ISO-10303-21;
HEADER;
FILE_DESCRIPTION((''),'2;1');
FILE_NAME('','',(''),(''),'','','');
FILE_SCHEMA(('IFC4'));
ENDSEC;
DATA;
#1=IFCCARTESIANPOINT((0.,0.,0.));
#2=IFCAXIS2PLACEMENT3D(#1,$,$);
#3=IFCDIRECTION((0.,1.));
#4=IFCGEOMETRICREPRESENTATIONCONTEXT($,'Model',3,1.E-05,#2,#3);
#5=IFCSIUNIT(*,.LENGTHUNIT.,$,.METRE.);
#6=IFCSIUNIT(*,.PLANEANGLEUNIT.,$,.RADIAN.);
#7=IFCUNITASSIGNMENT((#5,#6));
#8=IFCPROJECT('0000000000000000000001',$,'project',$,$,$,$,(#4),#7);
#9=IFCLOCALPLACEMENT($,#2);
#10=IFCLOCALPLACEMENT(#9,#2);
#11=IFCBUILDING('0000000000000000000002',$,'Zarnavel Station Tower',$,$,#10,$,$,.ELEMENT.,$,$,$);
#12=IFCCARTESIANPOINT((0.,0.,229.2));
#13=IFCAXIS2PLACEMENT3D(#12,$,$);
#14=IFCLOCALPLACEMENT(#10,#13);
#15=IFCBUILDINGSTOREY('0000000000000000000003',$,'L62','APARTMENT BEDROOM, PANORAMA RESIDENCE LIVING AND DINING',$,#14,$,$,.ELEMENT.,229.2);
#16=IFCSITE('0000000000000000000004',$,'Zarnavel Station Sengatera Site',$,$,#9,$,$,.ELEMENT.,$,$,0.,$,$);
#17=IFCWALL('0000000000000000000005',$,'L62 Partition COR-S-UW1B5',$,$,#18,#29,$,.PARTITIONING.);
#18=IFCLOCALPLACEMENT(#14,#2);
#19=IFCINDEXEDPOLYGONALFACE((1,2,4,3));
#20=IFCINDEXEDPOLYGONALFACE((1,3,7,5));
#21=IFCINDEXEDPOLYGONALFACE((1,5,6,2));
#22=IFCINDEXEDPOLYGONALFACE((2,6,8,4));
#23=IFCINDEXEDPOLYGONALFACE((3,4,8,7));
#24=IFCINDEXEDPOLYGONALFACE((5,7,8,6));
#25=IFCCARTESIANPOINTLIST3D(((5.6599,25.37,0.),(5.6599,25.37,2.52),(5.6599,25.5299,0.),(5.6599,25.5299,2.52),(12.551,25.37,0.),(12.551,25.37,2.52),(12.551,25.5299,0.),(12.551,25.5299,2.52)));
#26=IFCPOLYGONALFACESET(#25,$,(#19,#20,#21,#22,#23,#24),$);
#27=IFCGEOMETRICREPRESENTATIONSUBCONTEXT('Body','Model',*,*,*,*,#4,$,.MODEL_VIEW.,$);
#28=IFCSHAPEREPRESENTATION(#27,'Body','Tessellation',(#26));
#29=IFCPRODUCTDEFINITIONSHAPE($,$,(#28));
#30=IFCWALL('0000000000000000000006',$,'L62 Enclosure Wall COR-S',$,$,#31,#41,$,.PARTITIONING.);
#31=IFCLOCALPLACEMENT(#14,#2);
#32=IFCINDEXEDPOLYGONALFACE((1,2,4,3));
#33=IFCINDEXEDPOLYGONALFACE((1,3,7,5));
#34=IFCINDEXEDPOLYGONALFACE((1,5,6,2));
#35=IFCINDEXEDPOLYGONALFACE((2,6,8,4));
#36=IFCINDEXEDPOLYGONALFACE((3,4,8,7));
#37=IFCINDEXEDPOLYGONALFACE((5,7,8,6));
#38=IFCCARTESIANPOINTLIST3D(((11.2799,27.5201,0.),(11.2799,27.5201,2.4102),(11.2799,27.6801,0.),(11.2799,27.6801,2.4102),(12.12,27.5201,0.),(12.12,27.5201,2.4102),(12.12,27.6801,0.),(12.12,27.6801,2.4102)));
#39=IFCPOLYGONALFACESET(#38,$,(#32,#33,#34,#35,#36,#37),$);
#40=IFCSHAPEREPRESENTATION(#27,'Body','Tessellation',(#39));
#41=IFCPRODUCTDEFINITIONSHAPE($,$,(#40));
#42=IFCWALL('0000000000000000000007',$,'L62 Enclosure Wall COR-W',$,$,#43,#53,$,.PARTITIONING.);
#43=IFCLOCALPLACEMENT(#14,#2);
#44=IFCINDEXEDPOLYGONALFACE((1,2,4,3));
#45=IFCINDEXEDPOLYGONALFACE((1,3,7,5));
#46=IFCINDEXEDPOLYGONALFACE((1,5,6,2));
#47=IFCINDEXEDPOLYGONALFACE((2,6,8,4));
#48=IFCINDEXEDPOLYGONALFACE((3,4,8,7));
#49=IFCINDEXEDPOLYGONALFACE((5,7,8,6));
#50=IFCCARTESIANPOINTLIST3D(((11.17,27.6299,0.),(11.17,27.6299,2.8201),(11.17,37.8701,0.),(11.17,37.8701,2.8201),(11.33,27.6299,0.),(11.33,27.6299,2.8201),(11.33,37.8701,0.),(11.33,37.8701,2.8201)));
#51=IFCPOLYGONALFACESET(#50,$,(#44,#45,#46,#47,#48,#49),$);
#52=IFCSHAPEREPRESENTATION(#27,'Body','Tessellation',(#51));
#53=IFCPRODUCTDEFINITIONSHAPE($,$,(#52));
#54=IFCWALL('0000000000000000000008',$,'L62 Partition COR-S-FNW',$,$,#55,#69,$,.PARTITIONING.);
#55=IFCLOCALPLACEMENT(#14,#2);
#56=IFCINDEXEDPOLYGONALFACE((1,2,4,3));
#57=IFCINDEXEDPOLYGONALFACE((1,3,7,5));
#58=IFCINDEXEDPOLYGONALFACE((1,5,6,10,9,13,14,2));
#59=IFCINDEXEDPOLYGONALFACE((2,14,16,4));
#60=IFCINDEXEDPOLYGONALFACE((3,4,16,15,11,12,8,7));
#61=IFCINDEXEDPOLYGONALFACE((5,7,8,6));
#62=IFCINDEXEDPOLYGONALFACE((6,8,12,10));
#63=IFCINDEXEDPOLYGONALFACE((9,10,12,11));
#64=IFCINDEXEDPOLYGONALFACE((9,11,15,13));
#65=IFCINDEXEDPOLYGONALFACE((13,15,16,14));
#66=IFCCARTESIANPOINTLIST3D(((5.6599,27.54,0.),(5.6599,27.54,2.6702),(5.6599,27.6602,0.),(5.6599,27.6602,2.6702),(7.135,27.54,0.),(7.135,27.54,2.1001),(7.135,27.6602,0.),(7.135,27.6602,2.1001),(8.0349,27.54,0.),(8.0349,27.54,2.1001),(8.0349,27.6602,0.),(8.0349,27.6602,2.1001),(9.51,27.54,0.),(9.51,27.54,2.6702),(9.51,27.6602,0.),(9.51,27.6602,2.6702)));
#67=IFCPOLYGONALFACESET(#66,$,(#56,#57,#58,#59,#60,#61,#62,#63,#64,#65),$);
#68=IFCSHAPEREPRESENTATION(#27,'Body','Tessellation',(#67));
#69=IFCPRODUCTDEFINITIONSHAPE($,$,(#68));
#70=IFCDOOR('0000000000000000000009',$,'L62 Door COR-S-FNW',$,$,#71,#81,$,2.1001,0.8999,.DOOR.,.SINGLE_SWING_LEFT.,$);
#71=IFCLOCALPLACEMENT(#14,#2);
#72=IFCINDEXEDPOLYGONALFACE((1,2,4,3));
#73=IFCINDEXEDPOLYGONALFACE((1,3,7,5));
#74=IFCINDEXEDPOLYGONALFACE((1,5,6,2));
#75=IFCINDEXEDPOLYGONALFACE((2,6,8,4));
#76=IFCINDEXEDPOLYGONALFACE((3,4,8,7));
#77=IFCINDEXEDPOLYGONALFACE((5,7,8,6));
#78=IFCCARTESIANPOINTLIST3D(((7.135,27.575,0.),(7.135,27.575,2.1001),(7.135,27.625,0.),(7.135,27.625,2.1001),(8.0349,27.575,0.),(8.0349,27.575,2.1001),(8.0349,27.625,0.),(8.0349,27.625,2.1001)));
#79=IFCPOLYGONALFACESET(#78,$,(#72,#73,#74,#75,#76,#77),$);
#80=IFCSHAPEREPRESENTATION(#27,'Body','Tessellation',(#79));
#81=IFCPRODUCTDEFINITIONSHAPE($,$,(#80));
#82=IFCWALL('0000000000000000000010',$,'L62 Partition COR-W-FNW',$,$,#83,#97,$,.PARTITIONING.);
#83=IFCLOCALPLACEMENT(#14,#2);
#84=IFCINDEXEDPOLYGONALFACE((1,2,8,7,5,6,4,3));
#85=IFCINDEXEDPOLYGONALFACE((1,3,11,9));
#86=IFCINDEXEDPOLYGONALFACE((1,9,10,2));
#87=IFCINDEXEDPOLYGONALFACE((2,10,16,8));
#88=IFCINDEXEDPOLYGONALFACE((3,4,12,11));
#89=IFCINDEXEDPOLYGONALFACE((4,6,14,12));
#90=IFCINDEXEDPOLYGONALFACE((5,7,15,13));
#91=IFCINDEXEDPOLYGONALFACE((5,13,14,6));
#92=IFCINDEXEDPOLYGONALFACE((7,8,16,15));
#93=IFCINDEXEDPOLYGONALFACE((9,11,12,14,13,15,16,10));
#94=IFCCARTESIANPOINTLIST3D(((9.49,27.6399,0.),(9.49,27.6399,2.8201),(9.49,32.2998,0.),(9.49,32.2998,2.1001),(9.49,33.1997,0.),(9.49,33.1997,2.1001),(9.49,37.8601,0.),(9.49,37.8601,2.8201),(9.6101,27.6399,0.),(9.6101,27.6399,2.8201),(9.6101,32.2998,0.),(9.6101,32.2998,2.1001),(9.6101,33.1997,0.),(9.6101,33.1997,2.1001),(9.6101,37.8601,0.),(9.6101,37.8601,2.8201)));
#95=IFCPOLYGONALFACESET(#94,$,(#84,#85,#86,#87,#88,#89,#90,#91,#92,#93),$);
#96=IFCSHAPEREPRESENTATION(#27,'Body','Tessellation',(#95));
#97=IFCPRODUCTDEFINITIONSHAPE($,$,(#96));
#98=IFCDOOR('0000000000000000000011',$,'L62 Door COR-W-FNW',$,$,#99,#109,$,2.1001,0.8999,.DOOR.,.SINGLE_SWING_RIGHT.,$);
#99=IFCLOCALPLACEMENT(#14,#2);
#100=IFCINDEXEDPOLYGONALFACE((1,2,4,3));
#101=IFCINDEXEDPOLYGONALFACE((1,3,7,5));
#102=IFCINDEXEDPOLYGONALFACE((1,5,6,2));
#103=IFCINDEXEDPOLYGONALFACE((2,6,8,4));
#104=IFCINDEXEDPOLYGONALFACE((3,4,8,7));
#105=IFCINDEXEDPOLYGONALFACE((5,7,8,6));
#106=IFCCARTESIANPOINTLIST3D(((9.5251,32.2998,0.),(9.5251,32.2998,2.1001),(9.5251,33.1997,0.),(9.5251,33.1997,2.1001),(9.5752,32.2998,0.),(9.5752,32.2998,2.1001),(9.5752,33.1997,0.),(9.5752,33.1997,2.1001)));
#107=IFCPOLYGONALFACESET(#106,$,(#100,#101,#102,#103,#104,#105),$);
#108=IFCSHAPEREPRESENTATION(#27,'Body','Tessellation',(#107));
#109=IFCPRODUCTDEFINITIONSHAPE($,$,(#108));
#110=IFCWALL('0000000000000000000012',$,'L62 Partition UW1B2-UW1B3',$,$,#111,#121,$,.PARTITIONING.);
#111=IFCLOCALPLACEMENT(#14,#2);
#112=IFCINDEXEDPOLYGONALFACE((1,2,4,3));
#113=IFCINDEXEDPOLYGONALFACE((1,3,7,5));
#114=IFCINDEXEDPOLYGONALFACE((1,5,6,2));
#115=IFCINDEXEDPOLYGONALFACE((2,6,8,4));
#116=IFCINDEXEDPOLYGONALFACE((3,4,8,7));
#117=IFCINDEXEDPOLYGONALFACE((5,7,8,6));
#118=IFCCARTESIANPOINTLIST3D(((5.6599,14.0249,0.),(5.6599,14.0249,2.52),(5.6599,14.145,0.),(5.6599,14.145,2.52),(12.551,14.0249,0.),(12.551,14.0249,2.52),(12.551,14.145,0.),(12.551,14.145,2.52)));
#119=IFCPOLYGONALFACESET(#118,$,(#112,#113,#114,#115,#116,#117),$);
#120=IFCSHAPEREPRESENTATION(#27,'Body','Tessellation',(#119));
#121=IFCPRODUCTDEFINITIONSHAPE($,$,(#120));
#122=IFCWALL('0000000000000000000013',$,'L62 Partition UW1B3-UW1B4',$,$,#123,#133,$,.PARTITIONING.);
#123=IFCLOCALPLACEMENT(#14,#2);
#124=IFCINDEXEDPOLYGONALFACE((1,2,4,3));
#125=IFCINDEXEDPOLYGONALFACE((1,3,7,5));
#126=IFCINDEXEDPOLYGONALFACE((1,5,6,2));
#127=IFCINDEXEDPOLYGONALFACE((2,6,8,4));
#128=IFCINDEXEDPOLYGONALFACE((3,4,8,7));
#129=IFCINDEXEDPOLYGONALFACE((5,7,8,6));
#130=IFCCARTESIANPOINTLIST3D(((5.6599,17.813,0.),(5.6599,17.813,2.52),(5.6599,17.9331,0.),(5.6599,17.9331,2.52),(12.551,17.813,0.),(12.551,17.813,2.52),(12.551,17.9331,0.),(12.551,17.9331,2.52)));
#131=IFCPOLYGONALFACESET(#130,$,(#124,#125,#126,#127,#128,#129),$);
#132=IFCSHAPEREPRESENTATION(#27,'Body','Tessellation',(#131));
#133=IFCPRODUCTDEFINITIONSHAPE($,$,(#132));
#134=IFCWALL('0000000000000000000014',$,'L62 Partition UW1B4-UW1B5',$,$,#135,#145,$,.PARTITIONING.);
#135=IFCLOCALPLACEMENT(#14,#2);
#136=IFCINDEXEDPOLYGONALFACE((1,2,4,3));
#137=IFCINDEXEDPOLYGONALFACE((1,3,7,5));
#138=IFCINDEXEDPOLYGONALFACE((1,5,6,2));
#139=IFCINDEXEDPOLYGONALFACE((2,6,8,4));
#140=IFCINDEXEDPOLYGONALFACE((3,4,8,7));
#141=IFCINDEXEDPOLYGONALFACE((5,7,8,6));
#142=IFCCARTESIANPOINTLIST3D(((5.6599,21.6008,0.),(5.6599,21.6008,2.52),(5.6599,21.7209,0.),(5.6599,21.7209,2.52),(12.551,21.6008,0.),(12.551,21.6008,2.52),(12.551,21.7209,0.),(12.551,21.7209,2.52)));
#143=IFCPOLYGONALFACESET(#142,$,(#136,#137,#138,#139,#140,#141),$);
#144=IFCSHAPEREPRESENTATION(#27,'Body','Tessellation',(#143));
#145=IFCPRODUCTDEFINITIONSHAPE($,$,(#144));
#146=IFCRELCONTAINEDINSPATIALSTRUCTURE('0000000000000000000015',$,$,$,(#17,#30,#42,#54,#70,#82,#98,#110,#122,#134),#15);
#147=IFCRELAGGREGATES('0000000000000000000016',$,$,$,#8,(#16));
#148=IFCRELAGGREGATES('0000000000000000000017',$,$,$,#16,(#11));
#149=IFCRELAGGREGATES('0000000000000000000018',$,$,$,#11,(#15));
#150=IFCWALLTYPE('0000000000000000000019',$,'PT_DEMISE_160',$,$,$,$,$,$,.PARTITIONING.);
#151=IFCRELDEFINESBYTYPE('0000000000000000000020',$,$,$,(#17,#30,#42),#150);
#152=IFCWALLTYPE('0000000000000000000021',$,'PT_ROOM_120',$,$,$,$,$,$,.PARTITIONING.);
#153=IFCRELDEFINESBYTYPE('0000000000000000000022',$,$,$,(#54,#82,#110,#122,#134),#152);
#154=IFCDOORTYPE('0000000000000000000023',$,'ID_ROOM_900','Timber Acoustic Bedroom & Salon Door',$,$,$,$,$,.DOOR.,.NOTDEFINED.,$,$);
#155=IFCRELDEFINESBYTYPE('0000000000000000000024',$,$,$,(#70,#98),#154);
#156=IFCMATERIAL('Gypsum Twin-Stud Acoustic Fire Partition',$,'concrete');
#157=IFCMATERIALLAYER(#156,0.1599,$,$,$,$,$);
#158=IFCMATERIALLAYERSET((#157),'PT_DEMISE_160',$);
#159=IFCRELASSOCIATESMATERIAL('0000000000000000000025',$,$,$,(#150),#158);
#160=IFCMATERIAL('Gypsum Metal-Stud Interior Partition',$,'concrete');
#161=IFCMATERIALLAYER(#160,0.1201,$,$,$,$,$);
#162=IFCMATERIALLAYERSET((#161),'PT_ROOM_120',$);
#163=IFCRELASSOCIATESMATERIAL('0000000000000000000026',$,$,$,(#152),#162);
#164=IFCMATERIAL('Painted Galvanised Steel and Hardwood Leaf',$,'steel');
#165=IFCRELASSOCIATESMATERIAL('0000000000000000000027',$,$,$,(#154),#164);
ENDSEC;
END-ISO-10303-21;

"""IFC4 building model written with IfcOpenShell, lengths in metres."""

from ifc_helpers import new_model, si_unit, direction, frame, frame_2d, origin, place, context, subcontext, project, spatial, rectangle, extrude, material, layer, layer_set, type_object, element, fill, save


model = new_model("IFC4")

# Units and contexts
model_context = context("Model", 3, precision=1e-05, world=origin(), true_north=direction((0.0, 1.0)))
body_context = subcontext(model_context, "Body", "Model", "MODEL_VIEW")
ifc_project = project(units=[si_unit("LENGTHUNIT", "METRE"), si_unit("PLANEANGLEUNIT", "RADIAN")], contexts=[model_context])

# Site, building, storey
site_placement = place(None, origin())
site = spatial("IfcSite", under=ifc_project, at=site_placement, Name="Zarnavel Station Sengatera Site", CompositionType="ELEMENT", RefElevation=0.0)
building_placement = place(site_placement, origin())
building = spatial("IfcBuilding", under=site, at=building_placement, Name="Zarnavel Station Tower", CompositionType="ELEMENT")
storey_placement = place(building_placement, frame((0.0, 0.0, 229.2)))
storey = spatial("IfcBuildingStorey", under=building, at=storey_placement, Name="L62", Description="APARTMENT BEDROOM, PANORAMA RESIDENCE LIVING AND DINING", CompositionType="ELEMENT", Elevation=229.2)

# Walls
ifc_material_1 = material(Name="Gypsum Twin-Stud Acoustic Fire Partition", Category="concrete")
ifc_layer_1 = layer(ifc_material_1, 0.1599)
ifc_layer_set_1 = layer_set([ifc_layer_1], Name="PT_DEMISE_160")
wall_type_1 = type_object("IfcWallType", Name="PT_DEMISE_160", PredefinedType="PARTITIONING", material=ifc_layer_set_1)
wall_1_placement = place(storey_placement, frame((5.6599, 25.45, 0.0), z_axis=(0.0, 0.0, 1.0), x_axis=(1.0, 0.0, 0.0)))
element("IfcWall", 1, at=wall_1_placement, inside=storey, type_object=wall_type_1, Name="L62 Partition COR-S-UW1B5", PredefinedType="PARTITIONING", context=body_context, shape_type="SweptSolid", body=[
    extrude(rectangle(XDim=6.8911, YDim=0.1599, at=frame_2d((3.4456, 0.0))), origin(), (0.0, 0.0, 1.0), 2.52),
])
wall_2_placement = place(storey_placement, frame((11.28, 27.6001, 0.0), z_axis=(0.0, 0.0, 1.0), x_axis=(1.0, 0.0, 0.0)))
element("IfcWall", 2, at=wall_2_placement, inside=storey, type_object=wall_type_1, Name="L62 Enclosure Wall COR-S", PredefinedType="PARTITIONING", context=body_context, shape_type="SweptSolid", body=[
    extrude(rectangle(XDim=0.8401, YDim=0.1599, at=frame_2d((0.4199, 0.0))), origin(), (0.0, 0.0, 1.0), 2.4102),
])
wall_3_placement = place(storey_placement, frame((11.25, 27.6299, 0.0), z_axis=(0.0, 0.0, 1.0), x_axis=(0.0, 1.0, 0.0)))
element("IfcWall", 3, at=wall_3_placement, inside=storey, type_object=wall_type_1, Name="L62 Enclosure Wall COR-W", PredefinedType="PARTITIONING", context=body_context, shape_type="SweptSolid", body=[
    extrude(rectangle(XDim=10.2402, YDim=0.1599, at=frame_2d((5.1201, 0.0))), origin(), (0.0, 0.0, 1.0), 2.8201),
])

# Walls, openings, doors
ifc_material_2 = material(Name="Gypsum Metal-Stud Interior Partition", Category="concrete")
ifc_layer_2 = layer(ifc_material_2, 0.1201)
ifc_layer_set_2 = layer_set([ifc_layer_2], Name="PT_ROOM_120")
wall_type_2 = type_object("IfcWallType", Name="PT_ROOM_120", PredefinedType="PARTITIONING", material=ifc_layer_set_2)
wall_4_placement = place(storey_placement, frame((5.6599, 27.6001, 0.0), z_axis=(0.0, 0.0, 1.0), x_axis=(1.0, 0.0, 0.0)))
wall_4 = element("IfcWall", 4, at=wall_4_placement, inside=storey, type_object=wall_type_2, Name="L62 Partition COR-S-FNW", PredefinedType="PARTITIONING", context=body_context, shape_type="SweptSolid", body=[
    extrude(rectangle(XDim=3.8501, YDim=0.1201, at=frame_2d((1.925, 0.0))), origin(), (0.0, 0.0, 1.0), 2.6702),
])
opening_1_placement = place(wall_4_placement, frame((1.4751, 0.0, 0.0)))
opening_1 = element("IfcOpeningElement", 5, at=opening_1_placement, cuts=wall_4, PredefinedType="OPENING", context=body_context, shape_type="SweptSolid", body=[
    extrude(rectangle(XDim=0.8999, YDim=2.1001, at=frame_2d((0.45, 1.05))), frame((0.0, 0.0701, 0.0), z_axis=(0.0, -1.0, 0.0), x_axis=(1.0, 0.0, 0.0)), (0.0, 0.0, 1.0), 0.1401),
])
ifc_material_3 = material(Name="Painted Galvanised Steel and Hardwood Leaf", Category="steel")
door_type = type_object("IfcDoorType", Name="ID_ROOM_900", Description="Timber Acoustic Bedroom & Salon Door", OperationType="NOTDEFINED", PredefinedType="DOOR", material=ifc_material_3)
door_1_placement = place(opening_1_placement, origin())
door_1 = element("IfcDoor", 6, at=door_1_placement, inside=storey, type_object=door_type, Name="L62 Door COR-S-FNW", OperationType="SINGLE_SWING_LEFT", OverallHeight=2.1001, OverallWidth=0.8999, PredefinedType="DOOR", context=body_context, shape_type="SweptSolid", body=[
    extrude(rectangle(XDim=0.8999, YDim=2.1001, at=frame_2d((0.45, 1.05))), frame((0.0, 0.0249, 0.0), z_axis=(0.0, -1.0, 0.0), x_axis=(1.0, 0.0, 0.0)), (0.0, 0.0, 1.0), 0.05),
])
fill(opening_1, door_1)
wall_5_placement = place(storey_placement, frame((9.55, 27.6399, 0.0), z_axis=(0.0, 0.0, 1.0), x_axis=(0.0, 1.0, 0.0)))
wall_5 = element("IfcWall", 7, at=wall_5_placement, inside=storey, type_object=wall_type_2, Name="L62 Partition COR-W-FNW", PredefinedType="PARTITIONING", context=body_context, shape_type="SweptSolid", body=[
    extrude(rectangle(XDim=10.2202, YDim=0.1201, at=frame_2d((5.1101, 0.0))), origin(), (0.0, 0.0, 1.0), 2.8201),
])
opening_2_placement = place(wall_5_placement, frame((4.6599, 0.0, 0.0)))
opening_2 = element("IfcOpeningElement", 8, at=opening_2_placement, cuts=wall_5, PredefinedType="OPENING", context=body_context, shape_type="SweptSolid", body=[
    extrude(rectangle(XDim=0.8999, YDim=2.1001, at=frame_2d((0.45, 1.05))), frame((0.0, 0.0701, 0.0), z_axis=(0.0, -1.0, 0.0), x_axis=(1.0, 0.0, 0.0)), (0.0, 0.0, 1.0), 0.1401),
])
door_2_placement = place(opening_2_placement, origin())
door_2 = element("IfcDoor", 9, at=door_2_placement, inside=storey, type_object=door_type, Name="L62 Door COR-W-FNW", OperationType="SINGLE_SWING_RIGHT", OverallHeight=2.1001, OverallWidth=0.8999, PredefinedType="DOOR", context=body_context, shape_type="SweptSolid", body=[
    extrude(rectangle(XDim=0.8999, YDim=2.1001, at=frame_2d((0.45, 1.05))), frame((0.0, 0.0249, 0.0), z_axis=(0.0, -1.0, 0.0), x_axis=(1.0, 0.0, 0.0)), (0.0, 0.0, 1.0), 0.05),
])
fill(opening_2, door_2)

# Walls
for number, where, z_axis, x_axis, name in (
    (10, (5.6599, 14.085, 0.0), (0.0, 0.0, 1.0), (1.0, 0.0, 0.0), "L62 Partition UW1B2-UW1B3"),
    (11, (5.6599, 17.873, 0.0), (0.0, 0.0, 1.0), (1.0, 0.0, 0.0), "L62 Partition UW1B3-UW1B4"),
    (12, (5.6599, 21.6609, 0.0), (0.0, 0.0, 1.0), (1.0, 0.0, 0.0), "L62 Partition UW1B4-UW1B5"),
):
    element("IfcWall", number, at=place(storey_placement, frame(where, z_axis=z_axis, x_axis=x_axis)), inside=storey, type_object=wall_type_2, Name=name, PredefinedType="PARTITIONING", context=body_context, shape_type="SweptSolid", body=[
        extrude(rectangle(XDim=6.8911, YDim=0.1201, at=frame_2d((3.4456, 0.0))), origin(), (0.0, 0.0, 1.0), 2.52),
    ])

save(model, "model.ifc")
